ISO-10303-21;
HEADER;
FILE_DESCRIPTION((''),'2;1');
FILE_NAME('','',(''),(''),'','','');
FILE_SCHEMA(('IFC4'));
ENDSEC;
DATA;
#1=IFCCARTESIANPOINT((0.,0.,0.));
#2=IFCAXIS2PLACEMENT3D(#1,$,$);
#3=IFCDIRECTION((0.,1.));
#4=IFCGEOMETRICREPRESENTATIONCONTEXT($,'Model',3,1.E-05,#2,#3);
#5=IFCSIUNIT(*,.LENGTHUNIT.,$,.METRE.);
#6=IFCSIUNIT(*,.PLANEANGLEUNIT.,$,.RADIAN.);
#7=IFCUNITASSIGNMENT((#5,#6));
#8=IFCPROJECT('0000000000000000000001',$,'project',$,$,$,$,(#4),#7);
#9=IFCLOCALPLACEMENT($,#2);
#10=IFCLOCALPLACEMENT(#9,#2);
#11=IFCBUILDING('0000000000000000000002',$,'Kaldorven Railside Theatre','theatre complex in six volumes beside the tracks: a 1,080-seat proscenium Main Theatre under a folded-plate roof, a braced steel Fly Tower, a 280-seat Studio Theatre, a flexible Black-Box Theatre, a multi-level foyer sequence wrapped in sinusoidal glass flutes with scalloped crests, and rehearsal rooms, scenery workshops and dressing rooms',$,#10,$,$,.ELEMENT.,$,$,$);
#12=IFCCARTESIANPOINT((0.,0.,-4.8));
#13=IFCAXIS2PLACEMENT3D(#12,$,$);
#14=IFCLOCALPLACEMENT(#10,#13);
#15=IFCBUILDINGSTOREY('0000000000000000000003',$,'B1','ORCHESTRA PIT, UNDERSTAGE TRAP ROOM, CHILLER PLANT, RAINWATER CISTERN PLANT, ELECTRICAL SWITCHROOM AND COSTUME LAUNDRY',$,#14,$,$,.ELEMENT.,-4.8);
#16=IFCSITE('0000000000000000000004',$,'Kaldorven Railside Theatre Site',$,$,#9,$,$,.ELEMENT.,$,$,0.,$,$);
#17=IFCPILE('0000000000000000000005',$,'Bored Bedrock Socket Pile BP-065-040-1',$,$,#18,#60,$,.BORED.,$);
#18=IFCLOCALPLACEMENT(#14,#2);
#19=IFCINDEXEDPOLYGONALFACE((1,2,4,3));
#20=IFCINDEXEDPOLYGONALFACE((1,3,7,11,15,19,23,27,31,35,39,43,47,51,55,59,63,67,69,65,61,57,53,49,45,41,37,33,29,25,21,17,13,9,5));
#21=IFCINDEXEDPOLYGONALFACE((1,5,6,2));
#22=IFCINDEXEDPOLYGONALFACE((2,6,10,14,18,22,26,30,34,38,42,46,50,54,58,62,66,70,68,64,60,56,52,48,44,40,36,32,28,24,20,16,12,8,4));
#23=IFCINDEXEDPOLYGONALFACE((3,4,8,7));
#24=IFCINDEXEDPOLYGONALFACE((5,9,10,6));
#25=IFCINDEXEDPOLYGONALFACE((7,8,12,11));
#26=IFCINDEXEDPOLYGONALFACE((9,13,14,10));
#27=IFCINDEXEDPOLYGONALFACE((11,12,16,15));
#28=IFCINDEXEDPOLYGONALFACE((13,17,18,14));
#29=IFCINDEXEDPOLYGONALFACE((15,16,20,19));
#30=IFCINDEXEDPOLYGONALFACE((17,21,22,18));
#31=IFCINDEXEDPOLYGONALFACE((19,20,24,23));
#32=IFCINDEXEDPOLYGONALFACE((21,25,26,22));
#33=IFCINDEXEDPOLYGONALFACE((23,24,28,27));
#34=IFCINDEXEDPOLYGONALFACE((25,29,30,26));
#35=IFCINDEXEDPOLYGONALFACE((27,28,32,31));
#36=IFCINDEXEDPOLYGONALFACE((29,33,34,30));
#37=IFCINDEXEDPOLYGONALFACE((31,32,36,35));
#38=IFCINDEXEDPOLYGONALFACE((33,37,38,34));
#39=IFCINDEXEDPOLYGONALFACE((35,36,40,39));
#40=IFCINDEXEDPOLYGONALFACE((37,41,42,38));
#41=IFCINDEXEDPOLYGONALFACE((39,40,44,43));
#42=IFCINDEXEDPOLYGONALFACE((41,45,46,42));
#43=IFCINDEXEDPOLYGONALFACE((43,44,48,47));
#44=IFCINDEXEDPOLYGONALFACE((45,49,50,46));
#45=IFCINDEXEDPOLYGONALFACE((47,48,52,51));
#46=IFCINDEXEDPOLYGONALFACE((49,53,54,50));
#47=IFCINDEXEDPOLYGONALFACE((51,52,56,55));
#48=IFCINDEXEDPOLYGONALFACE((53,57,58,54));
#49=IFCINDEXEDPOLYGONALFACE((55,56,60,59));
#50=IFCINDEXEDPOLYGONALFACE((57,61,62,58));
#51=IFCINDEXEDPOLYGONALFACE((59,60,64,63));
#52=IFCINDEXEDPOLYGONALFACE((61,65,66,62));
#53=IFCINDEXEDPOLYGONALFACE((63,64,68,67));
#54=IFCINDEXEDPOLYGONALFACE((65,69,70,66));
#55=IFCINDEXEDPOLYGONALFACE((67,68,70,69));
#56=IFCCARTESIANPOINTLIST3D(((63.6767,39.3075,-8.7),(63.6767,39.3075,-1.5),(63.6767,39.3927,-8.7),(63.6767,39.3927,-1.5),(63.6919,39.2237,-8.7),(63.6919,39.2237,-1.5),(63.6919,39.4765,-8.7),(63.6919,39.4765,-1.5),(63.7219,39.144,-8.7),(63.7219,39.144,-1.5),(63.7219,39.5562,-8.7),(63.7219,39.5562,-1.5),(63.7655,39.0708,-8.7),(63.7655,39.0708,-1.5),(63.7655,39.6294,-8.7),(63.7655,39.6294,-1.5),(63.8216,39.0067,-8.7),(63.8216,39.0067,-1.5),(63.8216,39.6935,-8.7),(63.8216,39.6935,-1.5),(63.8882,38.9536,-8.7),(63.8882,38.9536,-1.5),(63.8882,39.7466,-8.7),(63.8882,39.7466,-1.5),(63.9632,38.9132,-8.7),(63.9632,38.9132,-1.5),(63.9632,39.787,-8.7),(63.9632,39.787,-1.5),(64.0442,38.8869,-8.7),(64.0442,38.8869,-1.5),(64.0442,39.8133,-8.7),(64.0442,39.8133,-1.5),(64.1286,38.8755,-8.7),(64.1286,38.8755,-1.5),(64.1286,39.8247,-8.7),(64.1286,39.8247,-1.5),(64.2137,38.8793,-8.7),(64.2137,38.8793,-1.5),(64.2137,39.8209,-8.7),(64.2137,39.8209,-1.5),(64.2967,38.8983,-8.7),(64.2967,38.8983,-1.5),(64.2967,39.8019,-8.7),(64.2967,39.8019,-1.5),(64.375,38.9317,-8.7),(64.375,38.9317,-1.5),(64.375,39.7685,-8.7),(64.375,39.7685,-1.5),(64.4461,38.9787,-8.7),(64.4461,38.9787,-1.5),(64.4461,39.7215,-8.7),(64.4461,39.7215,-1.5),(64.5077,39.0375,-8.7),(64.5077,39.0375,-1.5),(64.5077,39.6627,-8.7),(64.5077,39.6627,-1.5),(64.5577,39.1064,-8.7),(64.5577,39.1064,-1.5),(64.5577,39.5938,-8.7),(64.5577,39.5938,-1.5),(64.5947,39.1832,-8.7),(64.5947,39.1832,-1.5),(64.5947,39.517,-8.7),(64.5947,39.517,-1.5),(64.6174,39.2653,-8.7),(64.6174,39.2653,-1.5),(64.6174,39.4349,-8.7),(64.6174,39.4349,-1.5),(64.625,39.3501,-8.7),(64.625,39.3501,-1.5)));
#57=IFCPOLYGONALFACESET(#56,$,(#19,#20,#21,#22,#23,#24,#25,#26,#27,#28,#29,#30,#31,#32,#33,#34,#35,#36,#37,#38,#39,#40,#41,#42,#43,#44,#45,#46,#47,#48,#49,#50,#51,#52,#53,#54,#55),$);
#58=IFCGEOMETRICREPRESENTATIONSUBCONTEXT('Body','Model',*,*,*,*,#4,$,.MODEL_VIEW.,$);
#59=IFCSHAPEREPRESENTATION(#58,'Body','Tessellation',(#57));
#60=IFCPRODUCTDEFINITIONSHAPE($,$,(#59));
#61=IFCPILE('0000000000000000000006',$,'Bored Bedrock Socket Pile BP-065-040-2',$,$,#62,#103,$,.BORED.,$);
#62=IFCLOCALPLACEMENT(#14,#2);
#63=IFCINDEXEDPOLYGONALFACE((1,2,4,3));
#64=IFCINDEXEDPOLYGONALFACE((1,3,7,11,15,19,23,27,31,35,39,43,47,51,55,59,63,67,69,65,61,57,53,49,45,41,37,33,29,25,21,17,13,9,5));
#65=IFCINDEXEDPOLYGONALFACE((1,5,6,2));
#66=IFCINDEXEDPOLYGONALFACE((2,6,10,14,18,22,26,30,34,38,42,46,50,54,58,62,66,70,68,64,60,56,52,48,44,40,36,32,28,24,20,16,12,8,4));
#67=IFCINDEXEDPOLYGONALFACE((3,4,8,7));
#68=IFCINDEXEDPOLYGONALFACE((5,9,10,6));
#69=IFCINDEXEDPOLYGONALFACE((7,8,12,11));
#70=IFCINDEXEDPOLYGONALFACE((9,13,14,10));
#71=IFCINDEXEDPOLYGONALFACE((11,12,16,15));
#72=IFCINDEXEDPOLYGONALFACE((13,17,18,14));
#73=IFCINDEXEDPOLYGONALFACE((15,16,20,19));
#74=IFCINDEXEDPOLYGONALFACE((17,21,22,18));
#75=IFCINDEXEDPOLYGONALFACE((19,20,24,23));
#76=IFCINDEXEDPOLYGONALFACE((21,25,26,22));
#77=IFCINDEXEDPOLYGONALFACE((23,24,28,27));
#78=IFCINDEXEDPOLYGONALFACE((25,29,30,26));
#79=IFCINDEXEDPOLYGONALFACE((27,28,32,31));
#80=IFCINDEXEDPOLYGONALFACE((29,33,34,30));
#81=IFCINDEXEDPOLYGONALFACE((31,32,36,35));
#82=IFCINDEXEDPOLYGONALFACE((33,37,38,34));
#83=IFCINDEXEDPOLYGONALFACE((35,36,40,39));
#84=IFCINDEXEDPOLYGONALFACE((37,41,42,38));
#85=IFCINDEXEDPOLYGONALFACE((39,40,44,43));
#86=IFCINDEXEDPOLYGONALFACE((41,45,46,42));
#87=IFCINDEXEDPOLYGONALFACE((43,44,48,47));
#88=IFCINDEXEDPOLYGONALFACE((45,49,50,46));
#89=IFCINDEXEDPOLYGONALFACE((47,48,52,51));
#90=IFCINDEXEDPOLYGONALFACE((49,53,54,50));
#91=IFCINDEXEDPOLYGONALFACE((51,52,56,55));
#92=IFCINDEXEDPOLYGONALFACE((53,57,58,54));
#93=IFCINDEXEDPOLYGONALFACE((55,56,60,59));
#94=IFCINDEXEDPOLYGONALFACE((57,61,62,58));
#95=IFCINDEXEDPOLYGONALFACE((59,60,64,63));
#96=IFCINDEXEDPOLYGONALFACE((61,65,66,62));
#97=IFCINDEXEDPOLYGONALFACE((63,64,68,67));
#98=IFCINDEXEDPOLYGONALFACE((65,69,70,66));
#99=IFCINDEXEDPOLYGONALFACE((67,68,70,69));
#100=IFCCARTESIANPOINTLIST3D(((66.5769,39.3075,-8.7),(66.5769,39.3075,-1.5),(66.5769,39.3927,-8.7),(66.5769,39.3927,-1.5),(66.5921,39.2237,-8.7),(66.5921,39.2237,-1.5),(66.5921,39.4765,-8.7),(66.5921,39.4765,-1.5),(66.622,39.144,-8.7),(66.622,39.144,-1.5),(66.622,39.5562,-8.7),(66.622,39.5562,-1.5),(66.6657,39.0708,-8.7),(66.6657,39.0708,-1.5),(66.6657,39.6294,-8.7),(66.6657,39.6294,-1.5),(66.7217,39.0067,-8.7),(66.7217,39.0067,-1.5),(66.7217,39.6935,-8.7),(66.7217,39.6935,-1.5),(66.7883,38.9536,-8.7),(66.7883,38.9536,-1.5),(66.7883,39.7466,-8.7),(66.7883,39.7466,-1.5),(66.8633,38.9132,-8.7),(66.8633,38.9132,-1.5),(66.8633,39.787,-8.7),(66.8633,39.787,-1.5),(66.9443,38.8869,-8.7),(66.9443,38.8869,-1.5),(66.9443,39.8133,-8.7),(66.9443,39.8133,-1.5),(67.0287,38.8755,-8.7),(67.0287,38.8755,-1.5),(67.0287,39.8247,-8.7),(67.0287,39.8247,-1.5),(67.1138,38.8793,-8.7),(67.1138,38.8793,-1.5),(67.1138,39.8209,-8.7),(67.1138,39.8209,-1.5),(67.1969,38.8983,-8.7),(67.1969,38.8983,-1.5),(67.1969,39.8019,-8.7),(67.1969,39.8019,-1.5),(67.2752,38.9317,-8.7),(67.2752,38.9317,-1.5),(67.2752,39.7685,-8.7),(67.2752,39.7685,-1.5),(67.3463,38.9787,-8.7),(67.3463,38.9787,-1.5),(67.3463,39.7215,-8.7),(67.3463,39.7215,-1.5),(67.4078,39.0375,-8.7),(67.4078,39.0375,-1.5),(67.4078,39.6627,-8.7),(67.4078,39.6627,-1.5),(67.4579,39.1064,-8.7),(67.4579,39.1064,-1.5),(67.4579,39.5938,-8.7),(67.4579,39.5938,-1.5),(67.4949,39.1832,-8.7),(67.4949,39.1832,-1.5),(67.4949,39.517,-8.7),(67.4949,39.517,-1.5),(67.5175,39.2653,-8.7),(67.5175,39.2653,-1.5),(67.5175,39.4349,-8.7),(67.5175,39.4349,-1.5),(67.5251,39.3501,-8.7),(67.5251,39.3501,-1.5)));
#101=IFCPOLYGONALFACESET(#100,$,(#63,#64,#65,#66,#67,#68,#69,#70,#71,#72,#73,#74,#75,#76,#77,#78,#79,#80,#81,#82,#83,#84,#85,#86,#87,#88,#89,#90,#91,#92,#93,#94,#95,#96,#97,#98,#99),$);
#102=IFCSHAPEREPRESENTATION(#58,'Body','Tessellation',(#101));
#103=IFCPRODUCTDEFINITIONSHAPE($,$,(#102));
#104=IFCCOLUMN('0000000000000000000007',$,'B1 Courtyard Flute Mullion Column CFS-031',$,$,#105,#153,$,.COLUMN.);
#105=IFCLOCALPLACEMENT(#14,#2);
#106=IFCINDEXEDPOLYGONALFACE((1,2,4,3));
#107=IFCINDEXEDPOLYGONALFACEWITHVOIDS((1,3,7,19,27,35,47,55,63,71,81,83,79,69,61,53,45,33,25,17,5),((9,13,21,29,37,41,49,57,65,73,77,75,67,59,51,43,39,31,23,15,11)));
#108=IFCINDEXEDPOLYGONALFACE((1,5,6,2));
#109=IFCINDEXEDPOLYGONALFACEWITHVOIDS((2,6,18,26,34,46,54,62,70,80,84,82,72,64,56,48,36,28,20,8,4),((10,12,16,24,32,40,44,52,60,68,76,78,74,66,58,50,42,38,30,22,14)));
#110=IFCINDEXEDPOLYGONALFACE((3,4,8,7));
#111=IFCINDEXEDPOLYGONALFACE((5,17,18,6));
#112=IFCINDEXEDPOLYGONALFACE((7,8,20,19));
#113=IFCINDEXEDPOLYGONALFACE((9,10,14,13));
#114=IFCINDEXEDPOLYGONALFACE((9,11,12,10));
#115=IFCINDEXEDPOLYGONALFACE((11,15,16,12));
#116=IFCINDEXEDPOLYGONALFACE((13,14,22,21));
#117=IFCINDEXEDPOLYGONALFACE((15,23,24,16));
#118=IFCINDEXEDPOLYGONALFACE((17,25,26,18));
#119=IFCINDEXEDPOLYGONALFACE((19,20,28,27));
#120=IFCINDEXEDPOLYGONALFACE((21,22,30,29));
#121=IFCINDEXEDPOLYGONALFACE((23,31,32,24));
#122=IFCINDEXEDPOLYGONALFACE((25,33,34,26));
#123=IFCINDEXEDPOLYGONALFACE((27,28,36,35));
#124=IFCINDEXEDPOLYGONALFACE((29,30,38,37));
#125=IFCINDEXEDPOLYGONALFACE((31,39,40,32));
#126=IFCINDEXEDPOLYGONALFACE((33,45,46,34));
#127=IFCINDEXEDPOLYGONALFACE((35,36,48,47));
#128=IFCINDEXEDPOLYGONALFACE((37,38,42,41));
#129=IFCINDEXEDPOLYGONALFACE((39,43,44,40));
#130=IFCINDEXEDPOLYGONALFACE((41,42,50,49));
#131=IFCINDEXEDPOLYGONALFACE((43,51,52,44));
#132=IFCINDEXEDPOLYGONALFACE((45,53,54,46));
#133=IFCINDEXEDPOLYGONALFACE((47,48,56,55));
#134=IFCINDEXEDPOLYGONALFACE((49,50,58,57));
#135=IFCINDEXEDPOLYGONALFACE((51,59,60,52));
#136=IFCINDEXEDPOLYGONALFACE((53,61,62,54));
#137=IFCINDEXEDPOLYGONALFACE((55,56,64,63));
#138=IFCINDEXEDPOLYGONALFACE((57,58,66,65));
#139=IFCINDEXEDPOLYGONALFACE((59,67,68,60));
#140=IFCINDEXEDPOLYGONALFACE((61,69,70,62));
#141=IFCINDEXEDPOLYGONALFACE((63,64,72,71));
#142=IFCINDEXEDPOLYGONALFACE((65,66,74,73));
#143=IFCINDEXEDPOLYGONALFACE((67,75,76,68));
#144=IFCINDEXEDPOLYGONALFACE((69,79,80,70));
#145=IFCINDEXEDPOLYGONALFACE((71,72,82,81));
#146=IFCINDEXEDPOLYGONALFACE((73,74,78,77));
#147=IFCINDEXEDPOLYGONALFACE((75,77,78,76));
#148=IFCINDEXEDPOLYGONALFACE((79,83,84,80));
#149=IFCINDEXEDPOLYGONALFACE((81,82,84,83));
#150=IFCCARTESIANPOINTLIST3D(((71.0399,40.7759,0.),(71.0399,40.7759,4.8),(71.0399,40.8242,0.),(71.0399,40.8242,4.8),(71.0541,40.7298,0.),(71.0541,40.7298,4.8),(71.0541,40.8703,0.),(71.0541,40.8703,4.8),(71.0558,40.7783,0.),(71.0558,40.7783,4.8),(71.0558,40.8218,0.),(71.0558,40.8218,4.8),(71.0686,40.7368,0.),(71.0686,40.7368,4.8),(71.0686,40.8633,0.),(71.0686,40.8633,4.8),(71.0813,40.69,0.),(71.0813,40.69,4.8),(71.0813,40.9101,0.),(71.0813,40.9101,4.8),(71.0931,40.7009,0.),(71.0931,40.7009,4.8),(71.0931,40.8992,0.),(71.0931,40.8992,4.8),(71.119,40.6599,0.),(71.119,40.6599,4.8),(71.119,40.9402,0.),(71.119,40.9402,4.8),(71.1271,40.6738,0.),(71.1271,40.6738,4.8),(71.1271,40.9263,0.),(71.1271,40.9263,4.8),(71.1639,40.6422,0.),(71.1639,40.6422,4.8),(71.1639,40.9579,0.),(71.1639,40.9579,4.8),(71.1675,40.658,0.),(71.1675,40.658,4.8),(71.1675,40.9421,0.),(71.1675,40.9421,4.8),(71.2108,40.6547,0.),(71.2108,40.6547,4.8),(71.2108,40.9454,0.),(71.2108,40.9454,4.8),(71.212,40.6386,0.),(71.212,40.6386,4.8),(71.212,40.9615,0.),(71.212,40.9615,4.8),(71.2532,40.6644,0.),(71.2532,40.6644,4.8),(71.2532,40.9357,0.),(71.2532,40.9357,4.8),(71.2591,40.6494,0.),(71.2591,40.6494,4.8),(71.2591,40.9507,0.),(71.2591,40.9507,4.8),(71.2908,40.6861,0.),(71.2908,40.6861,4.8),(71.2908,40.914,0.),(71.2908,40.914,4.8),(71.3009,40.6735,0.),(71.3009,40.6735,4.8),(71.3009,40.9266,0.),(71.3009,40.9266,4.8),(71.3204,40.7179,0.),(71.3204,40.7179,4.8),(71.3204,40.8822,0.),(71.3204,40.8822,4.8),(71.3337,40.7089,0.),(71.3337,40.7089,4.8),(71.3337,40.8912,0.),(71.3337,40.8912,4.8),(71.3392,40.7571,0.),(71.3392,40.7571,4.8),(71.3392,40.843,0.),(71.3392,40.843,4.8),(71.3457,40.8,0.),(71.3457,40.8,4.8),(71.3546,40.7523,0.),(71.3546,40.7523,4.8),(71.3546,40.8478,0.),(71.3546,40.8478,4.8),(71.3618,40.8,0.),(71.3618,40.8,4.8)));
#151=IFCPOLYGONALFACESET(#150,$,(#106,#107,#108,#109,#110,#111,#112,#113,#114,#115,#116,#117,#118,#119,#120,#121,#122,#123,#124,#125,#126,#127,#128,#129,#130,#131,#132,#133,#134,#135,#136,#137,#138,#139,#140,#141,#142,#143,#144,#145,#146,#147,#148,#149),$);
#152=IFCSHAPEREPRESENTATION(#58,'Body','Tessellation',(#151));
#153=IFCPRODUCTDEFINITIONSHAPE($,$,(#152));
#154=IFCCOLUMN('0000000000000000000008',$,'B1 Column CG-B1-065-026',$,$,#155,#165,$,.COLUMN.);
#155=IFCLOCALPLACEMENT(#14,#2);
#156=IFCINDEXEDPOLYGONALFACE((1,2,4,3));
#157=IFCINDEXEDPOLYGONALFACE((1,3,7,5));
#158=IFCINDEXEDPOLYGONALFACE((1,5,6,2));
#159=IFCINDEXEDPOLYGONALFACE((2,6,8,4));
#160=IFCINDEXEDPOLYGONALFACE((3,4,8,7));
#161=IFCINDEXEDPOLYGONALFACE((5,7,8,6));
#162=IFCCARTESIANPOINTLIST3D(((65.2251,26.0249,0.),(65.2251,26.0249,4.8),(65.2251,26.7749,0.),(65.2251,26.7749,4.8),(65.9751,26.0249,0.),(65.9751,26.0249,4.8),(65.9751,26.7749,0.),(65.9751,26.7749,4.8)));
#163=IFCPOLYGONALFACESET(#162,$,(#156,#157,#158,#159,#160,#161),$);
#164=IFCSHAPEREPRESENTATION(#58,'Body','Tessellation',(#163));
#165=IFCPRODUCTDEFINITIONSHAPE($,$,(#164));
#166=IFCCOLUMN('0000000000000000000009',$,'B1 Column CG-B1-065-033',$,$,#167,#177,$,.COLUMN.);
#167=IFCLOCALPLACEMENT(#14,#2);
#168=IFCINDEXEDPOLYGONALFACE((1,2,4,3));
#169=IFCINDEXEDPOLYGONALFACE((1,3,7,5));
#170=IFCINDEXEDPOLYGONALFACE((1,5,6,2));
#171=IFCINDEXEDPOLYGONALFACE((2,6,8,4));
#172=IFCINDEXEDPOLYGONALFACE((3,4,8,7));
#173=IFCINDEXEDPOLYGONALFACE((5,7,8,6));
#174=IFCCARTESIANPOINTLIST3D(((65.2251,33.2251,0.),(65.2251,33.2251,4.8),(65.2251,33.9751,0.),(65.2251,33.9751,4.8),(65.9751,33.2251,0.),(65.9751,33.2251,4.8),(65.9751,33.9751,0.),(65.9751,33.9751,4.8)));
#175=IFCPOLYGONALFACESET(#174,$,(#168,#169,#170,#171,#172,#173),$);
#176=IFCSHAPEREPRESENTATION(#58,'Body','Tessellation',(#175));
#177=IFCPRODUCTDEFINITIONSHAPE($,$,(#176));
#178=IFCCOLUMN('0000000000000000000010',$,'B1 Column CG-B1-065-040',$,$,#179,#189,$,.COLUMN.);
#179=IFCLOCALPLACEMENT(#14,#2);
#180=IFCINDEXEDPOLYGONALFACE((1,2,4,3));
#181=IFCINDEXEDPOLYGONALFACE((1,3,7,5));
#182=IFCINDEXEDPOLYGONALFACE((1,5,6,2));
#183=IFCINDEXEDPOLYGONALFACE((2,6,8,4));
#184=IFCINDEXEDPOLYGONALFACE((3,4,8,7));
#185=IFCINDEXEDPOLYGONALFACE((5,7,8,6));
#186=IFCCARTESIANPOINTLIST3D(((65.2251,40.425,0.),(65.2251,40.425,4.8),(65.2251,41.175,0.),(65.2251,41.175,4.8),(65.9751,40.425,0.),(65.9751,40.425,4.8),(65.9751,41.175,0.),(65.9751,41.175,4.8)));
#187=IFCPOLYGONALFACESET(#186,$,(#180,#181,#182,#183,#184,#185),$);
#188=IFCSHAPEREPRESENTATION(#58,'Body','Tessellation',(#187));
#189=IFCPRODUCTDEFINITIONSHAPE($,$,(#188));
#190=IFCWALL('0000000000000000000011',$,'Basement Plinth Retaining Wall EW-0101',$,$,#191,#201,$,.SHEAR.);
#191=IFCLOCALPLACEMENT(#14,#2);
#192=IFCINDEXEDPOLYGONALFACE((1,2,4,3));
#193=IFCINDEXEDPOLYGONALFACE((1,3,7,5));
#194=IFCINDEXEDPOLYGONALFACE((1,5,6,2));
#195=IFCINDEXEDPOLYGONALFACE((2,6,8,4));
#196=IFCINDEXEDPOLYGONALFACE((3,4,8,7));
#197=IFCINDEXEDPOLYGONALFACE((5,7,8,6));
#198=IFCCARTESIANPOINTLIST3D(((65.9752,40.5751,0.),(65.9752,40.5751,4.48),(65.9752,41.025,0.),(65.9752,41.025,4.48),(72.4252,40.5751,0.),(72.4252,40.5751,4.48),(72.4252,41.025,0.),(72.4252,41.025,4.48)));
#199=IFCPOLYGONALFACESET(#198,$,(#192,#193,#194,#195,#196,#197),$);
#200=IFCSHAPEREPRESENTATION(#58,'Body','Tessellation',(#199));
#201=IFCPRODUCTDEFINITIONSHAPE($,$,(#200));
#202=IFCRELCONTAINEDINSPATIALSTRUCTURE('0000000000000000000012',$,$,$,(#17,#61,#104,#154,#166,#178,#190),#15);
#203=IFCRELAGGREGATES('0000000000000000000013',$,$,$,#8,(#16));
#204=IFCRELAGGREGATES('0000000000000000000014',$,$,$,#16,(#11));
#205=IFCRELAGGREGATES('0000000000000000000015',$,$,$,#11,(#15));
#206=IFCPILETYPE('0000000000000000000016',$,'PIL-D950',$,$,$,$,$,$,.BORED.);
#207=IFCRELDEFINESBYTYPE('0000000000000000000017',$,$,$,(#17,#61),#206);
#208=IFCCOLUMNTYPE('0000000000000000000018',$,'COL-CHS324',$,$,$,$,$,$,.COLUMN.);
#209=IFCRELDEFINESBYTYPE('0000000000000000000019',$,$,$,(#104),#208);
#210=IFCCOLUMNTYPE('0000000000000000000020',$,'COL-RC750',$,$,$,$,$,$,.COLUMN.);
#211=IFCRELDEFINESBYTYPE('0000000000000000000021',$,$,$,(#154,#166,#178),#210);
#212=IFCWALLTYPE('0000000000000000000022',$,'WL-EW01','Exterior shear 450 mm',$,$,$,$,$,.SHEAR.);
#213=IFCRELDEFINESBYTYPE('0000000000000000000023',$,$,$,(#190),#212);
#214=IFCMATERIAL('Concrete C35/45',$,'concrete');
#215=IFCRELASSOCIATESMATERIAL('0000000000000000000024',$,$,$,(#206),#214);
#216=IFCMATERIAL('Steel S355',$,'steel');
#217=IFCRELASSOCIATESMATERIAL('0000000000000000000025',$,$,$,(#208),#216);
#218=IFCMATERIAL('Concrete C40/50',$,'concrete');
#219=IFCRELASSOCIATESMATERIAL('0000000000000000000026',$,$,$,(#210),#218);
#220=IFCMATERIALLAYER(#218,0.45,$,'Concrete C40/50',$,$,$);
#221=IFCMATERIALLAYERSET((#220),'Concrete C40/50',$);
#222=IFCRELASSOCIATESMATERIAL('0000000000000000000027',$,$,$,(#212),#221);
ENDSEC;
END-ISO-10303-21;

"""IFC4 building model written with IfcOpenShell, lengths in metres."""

from ifc_helpers import new_model, si_unit, direction, frame, frame_2d, origin, origin_2d, place, context, subcontext, project, spatial, rectangle, circle, hollow_circle, extrude, material, layer, layer_set, material_profile, profile_set, type_object, element, save


model = new_model("IFC4")

# Units and contexts
model_context = context("Model", 3, precision=1e-05, world=origin(), true_north=direction((0.0, 1.0)))
body_context = subcontext(model_context, "Body", "Model", "MODEL_VIEW")
ifc_project = project(units=[si_unit("LENGTHUNIT", "METRE"), si_unit("PLANEANGLEUNIT", "RADIAN")], contexts=[model_context])

# Site, building, storey
site_placement = place(None, origin())
site = spatial("IfcSite", under=ifc_project, at=site_placement, Name="Kaldorven Railside Theatre Site", CompositionType="ELEMENT", RefElevation=0.0)
building_placement = place(site_placement, origin())
building = spatial("IfcBuilding", under=site, at=building_placement, Name="Kaldorven Railside Theatre", Description="theatre complex in six volumes beside the tracks: a 1,080-seat proscenium Main Theatre under a folded-plate roof, a braced steel Fly Tower, a 280-seat Studio Theatre, a flexible Black-Box Theatre, a multi-level foyer sequence wrapped in sinusoidal glass flutes with scalloped crests, and rehearsal rooms, scenery workshops and dressing rooms", CompositionType="ELEMENT")
storey_placement = place(building_placement, frame((0.0, 0.0, -4.8)))
storey = spatial("IfcBuildingStorey", under=building, at=storey_placement, Name="B1", Description="ORCHESTRA PIT, UNDERSTAGE TRAP ROOM, CHILLER PLANT, RAINWATER CISTERN PLANT, ELECTRICAL SWITCHROOM AND COSTUME LAUNDRY", CompositionType="ELEMENT", Elevation=-4.8)

# Shared definitions
ifc_material_1 = material(Name="Concrete C40/50", Category="concrete")

# Piles
ifc_material_2 = material(Name="Concrete C35/45", Category="concrete")
ifc_material_profile_1 = material_profile(ifc_material_2, circle(Radius=0.4751, at=origin_2d()), Name="BP D950")
ifc_profile_set_1 = profile_set([ifc_material_profile_1], Name="Concrete C35/45")
pile_type_1 = type_object("IfcPileType", Name="PIL-D950", PredefinedType="BORED", material=ifc_profile_set_1)
for number, where, z_axis, x_axis, name in (
    (1, (64.1499, 39.3501, -1.5), (0.0, 0.0, -1.0), (1.0, 0.0, 0.0), "Bored Bedrock Socket Pile BP-065-040-1"),
    (2, (67.05, 39.3501, -1.5), (0.0, 0.0, -1.0), (1.0, 0.0, 0.0), "Bored Bedrock Socket Pile BP-065-040-2"),
):
    element("IfcPile", number, at=place(storey_placement, frame(where, z_axis=z_axis, x_axis=x_axis)), inside=storey, type_object=pile_type_1, Name=name, PredefinedType="BORED", context=body_context, shape_type="SweptSolid", body=[
        extrude(circle(Radius=0.4751, at=origin_2d()), origin(), (0.0, 0.0, 1.0), 7.2),
    ])

# Columns
ifc_material_3 = material(Name="Steel S355", Category="steel")
ifc_material_profile_2 = material_profile(ifc_material_3, hollow_circle(Radius=0.1619, WallThickness=0.0161, at=origin_2d()), Name="CHS 323.9x16")
ifc_profile_set_2 = profile_set([ifc_material_profile_2], Name="Steel S355")
column_type_1 = type_object("IfcColumnType", Name="COL-CHS324", PredefinedType="COLUMN", material=ifc_profile_set_2)
column_placement = place(storey_placement, frame((71.2, 40.8, 0.0), z_axis=(0.0, 0.0, 1.0), x_axis=(1.0, 0.0, 0.0)))
element("IfcColumn", 3, at=column_placement, inside=storey, type_object=column_type_1, Name="B1 Courtyard Flute Mullion Column CFS-031", PredefinedType="COLUMN", context=body_context, shape_type="SweptSolid", body=[
    extrude(hollow_circle(Radius=0.1619, WallThickness=0.0161, at=origin_2d()), origin(), (0.0, 0.0, 1.0), 4.8),
])
ifc_material_profile_3 = material_profile(ifc_material_1, rectangle(XDim=0.75, YDim=0.75, at=origin_2d()), Name="RC 750x750")
ifc_profile_set_3 = profile_set([ifc_material_profile_3], Name="Concrete C40/50")
column_type_2 = type_object("IfcColumnType", Name="COL-RC750", PredefinedType="COLUMN", material=ifc_profile_set_3)
for number, where, z_axis, x_axis, name in (
    (4, (65.6001, 26.3999, 0.0), (0.0, 0.0, 1.0), (1.0, 0.0, 0.0), "B1 Column CG-B1-065-026"),
    (5, (65.6001, 33.6001, 0.0), (0.0, 0.0, 1.0), (0.0, 1.0, 0.0), "B1 Column CG-B1-065-033"),
    (6, (65.6001, 40.8, 0.0), (0.0, 0.0, 1.0), (1.0, 0.0, 0.0), "B1 Column CG-B1-065-040"),
):
    element("IfcColumn", number, at=place(storey_placement, frame(where, z_axis=z_axis, x_axis=x_axis)), inside=storey, type_object=column_type_2, Name=name, PredefinedType="COLUMN", context=body_context, shape_type="SweptSolid", body=[
        extrude(rectangle(XDim=0.75, YDim=0.75, at=origin_2d()), origin(), (0.0, 0.0, 1.0), 4.8),
    ])

# Wall
ifc_layer_1 = layer(ifc_material_1, 0.45, Name="Concrete C40/50")
ifc_layer_set_1 = layer_set([ifc_layer_1], Name="Concrete C40/50")
wall_type_1 = type_object("IfcWallType", Name="WL-EW01", Description="Exterior shear 450 mm", PredefinedType="SHEAR", material=ifc_layer_set_1)
wall_1_placement = place(storey_placement, frame((65.9751, 40.8, 0.0), z_axis=(0.0, 0.0, 1.0), x_axis=(1.0, 0.0, 0.0)))
element("IfcWall", 7, at=wall_1_placement, inside=storey, type_object=wall_type_1, Name="Basement Plinth Retaining Wall EW-0101", PredefinedType="SHEAR", context=body_context, shape_type="SweptSolid", body=[
    extrude(rectangle(XDim=6.45, YDim=0.45, at=frame_2d((3.2251, 0.0))), origin(), (0.0, 0.0, 1.0), 4.48),
])

save(model, "model.ifc")
